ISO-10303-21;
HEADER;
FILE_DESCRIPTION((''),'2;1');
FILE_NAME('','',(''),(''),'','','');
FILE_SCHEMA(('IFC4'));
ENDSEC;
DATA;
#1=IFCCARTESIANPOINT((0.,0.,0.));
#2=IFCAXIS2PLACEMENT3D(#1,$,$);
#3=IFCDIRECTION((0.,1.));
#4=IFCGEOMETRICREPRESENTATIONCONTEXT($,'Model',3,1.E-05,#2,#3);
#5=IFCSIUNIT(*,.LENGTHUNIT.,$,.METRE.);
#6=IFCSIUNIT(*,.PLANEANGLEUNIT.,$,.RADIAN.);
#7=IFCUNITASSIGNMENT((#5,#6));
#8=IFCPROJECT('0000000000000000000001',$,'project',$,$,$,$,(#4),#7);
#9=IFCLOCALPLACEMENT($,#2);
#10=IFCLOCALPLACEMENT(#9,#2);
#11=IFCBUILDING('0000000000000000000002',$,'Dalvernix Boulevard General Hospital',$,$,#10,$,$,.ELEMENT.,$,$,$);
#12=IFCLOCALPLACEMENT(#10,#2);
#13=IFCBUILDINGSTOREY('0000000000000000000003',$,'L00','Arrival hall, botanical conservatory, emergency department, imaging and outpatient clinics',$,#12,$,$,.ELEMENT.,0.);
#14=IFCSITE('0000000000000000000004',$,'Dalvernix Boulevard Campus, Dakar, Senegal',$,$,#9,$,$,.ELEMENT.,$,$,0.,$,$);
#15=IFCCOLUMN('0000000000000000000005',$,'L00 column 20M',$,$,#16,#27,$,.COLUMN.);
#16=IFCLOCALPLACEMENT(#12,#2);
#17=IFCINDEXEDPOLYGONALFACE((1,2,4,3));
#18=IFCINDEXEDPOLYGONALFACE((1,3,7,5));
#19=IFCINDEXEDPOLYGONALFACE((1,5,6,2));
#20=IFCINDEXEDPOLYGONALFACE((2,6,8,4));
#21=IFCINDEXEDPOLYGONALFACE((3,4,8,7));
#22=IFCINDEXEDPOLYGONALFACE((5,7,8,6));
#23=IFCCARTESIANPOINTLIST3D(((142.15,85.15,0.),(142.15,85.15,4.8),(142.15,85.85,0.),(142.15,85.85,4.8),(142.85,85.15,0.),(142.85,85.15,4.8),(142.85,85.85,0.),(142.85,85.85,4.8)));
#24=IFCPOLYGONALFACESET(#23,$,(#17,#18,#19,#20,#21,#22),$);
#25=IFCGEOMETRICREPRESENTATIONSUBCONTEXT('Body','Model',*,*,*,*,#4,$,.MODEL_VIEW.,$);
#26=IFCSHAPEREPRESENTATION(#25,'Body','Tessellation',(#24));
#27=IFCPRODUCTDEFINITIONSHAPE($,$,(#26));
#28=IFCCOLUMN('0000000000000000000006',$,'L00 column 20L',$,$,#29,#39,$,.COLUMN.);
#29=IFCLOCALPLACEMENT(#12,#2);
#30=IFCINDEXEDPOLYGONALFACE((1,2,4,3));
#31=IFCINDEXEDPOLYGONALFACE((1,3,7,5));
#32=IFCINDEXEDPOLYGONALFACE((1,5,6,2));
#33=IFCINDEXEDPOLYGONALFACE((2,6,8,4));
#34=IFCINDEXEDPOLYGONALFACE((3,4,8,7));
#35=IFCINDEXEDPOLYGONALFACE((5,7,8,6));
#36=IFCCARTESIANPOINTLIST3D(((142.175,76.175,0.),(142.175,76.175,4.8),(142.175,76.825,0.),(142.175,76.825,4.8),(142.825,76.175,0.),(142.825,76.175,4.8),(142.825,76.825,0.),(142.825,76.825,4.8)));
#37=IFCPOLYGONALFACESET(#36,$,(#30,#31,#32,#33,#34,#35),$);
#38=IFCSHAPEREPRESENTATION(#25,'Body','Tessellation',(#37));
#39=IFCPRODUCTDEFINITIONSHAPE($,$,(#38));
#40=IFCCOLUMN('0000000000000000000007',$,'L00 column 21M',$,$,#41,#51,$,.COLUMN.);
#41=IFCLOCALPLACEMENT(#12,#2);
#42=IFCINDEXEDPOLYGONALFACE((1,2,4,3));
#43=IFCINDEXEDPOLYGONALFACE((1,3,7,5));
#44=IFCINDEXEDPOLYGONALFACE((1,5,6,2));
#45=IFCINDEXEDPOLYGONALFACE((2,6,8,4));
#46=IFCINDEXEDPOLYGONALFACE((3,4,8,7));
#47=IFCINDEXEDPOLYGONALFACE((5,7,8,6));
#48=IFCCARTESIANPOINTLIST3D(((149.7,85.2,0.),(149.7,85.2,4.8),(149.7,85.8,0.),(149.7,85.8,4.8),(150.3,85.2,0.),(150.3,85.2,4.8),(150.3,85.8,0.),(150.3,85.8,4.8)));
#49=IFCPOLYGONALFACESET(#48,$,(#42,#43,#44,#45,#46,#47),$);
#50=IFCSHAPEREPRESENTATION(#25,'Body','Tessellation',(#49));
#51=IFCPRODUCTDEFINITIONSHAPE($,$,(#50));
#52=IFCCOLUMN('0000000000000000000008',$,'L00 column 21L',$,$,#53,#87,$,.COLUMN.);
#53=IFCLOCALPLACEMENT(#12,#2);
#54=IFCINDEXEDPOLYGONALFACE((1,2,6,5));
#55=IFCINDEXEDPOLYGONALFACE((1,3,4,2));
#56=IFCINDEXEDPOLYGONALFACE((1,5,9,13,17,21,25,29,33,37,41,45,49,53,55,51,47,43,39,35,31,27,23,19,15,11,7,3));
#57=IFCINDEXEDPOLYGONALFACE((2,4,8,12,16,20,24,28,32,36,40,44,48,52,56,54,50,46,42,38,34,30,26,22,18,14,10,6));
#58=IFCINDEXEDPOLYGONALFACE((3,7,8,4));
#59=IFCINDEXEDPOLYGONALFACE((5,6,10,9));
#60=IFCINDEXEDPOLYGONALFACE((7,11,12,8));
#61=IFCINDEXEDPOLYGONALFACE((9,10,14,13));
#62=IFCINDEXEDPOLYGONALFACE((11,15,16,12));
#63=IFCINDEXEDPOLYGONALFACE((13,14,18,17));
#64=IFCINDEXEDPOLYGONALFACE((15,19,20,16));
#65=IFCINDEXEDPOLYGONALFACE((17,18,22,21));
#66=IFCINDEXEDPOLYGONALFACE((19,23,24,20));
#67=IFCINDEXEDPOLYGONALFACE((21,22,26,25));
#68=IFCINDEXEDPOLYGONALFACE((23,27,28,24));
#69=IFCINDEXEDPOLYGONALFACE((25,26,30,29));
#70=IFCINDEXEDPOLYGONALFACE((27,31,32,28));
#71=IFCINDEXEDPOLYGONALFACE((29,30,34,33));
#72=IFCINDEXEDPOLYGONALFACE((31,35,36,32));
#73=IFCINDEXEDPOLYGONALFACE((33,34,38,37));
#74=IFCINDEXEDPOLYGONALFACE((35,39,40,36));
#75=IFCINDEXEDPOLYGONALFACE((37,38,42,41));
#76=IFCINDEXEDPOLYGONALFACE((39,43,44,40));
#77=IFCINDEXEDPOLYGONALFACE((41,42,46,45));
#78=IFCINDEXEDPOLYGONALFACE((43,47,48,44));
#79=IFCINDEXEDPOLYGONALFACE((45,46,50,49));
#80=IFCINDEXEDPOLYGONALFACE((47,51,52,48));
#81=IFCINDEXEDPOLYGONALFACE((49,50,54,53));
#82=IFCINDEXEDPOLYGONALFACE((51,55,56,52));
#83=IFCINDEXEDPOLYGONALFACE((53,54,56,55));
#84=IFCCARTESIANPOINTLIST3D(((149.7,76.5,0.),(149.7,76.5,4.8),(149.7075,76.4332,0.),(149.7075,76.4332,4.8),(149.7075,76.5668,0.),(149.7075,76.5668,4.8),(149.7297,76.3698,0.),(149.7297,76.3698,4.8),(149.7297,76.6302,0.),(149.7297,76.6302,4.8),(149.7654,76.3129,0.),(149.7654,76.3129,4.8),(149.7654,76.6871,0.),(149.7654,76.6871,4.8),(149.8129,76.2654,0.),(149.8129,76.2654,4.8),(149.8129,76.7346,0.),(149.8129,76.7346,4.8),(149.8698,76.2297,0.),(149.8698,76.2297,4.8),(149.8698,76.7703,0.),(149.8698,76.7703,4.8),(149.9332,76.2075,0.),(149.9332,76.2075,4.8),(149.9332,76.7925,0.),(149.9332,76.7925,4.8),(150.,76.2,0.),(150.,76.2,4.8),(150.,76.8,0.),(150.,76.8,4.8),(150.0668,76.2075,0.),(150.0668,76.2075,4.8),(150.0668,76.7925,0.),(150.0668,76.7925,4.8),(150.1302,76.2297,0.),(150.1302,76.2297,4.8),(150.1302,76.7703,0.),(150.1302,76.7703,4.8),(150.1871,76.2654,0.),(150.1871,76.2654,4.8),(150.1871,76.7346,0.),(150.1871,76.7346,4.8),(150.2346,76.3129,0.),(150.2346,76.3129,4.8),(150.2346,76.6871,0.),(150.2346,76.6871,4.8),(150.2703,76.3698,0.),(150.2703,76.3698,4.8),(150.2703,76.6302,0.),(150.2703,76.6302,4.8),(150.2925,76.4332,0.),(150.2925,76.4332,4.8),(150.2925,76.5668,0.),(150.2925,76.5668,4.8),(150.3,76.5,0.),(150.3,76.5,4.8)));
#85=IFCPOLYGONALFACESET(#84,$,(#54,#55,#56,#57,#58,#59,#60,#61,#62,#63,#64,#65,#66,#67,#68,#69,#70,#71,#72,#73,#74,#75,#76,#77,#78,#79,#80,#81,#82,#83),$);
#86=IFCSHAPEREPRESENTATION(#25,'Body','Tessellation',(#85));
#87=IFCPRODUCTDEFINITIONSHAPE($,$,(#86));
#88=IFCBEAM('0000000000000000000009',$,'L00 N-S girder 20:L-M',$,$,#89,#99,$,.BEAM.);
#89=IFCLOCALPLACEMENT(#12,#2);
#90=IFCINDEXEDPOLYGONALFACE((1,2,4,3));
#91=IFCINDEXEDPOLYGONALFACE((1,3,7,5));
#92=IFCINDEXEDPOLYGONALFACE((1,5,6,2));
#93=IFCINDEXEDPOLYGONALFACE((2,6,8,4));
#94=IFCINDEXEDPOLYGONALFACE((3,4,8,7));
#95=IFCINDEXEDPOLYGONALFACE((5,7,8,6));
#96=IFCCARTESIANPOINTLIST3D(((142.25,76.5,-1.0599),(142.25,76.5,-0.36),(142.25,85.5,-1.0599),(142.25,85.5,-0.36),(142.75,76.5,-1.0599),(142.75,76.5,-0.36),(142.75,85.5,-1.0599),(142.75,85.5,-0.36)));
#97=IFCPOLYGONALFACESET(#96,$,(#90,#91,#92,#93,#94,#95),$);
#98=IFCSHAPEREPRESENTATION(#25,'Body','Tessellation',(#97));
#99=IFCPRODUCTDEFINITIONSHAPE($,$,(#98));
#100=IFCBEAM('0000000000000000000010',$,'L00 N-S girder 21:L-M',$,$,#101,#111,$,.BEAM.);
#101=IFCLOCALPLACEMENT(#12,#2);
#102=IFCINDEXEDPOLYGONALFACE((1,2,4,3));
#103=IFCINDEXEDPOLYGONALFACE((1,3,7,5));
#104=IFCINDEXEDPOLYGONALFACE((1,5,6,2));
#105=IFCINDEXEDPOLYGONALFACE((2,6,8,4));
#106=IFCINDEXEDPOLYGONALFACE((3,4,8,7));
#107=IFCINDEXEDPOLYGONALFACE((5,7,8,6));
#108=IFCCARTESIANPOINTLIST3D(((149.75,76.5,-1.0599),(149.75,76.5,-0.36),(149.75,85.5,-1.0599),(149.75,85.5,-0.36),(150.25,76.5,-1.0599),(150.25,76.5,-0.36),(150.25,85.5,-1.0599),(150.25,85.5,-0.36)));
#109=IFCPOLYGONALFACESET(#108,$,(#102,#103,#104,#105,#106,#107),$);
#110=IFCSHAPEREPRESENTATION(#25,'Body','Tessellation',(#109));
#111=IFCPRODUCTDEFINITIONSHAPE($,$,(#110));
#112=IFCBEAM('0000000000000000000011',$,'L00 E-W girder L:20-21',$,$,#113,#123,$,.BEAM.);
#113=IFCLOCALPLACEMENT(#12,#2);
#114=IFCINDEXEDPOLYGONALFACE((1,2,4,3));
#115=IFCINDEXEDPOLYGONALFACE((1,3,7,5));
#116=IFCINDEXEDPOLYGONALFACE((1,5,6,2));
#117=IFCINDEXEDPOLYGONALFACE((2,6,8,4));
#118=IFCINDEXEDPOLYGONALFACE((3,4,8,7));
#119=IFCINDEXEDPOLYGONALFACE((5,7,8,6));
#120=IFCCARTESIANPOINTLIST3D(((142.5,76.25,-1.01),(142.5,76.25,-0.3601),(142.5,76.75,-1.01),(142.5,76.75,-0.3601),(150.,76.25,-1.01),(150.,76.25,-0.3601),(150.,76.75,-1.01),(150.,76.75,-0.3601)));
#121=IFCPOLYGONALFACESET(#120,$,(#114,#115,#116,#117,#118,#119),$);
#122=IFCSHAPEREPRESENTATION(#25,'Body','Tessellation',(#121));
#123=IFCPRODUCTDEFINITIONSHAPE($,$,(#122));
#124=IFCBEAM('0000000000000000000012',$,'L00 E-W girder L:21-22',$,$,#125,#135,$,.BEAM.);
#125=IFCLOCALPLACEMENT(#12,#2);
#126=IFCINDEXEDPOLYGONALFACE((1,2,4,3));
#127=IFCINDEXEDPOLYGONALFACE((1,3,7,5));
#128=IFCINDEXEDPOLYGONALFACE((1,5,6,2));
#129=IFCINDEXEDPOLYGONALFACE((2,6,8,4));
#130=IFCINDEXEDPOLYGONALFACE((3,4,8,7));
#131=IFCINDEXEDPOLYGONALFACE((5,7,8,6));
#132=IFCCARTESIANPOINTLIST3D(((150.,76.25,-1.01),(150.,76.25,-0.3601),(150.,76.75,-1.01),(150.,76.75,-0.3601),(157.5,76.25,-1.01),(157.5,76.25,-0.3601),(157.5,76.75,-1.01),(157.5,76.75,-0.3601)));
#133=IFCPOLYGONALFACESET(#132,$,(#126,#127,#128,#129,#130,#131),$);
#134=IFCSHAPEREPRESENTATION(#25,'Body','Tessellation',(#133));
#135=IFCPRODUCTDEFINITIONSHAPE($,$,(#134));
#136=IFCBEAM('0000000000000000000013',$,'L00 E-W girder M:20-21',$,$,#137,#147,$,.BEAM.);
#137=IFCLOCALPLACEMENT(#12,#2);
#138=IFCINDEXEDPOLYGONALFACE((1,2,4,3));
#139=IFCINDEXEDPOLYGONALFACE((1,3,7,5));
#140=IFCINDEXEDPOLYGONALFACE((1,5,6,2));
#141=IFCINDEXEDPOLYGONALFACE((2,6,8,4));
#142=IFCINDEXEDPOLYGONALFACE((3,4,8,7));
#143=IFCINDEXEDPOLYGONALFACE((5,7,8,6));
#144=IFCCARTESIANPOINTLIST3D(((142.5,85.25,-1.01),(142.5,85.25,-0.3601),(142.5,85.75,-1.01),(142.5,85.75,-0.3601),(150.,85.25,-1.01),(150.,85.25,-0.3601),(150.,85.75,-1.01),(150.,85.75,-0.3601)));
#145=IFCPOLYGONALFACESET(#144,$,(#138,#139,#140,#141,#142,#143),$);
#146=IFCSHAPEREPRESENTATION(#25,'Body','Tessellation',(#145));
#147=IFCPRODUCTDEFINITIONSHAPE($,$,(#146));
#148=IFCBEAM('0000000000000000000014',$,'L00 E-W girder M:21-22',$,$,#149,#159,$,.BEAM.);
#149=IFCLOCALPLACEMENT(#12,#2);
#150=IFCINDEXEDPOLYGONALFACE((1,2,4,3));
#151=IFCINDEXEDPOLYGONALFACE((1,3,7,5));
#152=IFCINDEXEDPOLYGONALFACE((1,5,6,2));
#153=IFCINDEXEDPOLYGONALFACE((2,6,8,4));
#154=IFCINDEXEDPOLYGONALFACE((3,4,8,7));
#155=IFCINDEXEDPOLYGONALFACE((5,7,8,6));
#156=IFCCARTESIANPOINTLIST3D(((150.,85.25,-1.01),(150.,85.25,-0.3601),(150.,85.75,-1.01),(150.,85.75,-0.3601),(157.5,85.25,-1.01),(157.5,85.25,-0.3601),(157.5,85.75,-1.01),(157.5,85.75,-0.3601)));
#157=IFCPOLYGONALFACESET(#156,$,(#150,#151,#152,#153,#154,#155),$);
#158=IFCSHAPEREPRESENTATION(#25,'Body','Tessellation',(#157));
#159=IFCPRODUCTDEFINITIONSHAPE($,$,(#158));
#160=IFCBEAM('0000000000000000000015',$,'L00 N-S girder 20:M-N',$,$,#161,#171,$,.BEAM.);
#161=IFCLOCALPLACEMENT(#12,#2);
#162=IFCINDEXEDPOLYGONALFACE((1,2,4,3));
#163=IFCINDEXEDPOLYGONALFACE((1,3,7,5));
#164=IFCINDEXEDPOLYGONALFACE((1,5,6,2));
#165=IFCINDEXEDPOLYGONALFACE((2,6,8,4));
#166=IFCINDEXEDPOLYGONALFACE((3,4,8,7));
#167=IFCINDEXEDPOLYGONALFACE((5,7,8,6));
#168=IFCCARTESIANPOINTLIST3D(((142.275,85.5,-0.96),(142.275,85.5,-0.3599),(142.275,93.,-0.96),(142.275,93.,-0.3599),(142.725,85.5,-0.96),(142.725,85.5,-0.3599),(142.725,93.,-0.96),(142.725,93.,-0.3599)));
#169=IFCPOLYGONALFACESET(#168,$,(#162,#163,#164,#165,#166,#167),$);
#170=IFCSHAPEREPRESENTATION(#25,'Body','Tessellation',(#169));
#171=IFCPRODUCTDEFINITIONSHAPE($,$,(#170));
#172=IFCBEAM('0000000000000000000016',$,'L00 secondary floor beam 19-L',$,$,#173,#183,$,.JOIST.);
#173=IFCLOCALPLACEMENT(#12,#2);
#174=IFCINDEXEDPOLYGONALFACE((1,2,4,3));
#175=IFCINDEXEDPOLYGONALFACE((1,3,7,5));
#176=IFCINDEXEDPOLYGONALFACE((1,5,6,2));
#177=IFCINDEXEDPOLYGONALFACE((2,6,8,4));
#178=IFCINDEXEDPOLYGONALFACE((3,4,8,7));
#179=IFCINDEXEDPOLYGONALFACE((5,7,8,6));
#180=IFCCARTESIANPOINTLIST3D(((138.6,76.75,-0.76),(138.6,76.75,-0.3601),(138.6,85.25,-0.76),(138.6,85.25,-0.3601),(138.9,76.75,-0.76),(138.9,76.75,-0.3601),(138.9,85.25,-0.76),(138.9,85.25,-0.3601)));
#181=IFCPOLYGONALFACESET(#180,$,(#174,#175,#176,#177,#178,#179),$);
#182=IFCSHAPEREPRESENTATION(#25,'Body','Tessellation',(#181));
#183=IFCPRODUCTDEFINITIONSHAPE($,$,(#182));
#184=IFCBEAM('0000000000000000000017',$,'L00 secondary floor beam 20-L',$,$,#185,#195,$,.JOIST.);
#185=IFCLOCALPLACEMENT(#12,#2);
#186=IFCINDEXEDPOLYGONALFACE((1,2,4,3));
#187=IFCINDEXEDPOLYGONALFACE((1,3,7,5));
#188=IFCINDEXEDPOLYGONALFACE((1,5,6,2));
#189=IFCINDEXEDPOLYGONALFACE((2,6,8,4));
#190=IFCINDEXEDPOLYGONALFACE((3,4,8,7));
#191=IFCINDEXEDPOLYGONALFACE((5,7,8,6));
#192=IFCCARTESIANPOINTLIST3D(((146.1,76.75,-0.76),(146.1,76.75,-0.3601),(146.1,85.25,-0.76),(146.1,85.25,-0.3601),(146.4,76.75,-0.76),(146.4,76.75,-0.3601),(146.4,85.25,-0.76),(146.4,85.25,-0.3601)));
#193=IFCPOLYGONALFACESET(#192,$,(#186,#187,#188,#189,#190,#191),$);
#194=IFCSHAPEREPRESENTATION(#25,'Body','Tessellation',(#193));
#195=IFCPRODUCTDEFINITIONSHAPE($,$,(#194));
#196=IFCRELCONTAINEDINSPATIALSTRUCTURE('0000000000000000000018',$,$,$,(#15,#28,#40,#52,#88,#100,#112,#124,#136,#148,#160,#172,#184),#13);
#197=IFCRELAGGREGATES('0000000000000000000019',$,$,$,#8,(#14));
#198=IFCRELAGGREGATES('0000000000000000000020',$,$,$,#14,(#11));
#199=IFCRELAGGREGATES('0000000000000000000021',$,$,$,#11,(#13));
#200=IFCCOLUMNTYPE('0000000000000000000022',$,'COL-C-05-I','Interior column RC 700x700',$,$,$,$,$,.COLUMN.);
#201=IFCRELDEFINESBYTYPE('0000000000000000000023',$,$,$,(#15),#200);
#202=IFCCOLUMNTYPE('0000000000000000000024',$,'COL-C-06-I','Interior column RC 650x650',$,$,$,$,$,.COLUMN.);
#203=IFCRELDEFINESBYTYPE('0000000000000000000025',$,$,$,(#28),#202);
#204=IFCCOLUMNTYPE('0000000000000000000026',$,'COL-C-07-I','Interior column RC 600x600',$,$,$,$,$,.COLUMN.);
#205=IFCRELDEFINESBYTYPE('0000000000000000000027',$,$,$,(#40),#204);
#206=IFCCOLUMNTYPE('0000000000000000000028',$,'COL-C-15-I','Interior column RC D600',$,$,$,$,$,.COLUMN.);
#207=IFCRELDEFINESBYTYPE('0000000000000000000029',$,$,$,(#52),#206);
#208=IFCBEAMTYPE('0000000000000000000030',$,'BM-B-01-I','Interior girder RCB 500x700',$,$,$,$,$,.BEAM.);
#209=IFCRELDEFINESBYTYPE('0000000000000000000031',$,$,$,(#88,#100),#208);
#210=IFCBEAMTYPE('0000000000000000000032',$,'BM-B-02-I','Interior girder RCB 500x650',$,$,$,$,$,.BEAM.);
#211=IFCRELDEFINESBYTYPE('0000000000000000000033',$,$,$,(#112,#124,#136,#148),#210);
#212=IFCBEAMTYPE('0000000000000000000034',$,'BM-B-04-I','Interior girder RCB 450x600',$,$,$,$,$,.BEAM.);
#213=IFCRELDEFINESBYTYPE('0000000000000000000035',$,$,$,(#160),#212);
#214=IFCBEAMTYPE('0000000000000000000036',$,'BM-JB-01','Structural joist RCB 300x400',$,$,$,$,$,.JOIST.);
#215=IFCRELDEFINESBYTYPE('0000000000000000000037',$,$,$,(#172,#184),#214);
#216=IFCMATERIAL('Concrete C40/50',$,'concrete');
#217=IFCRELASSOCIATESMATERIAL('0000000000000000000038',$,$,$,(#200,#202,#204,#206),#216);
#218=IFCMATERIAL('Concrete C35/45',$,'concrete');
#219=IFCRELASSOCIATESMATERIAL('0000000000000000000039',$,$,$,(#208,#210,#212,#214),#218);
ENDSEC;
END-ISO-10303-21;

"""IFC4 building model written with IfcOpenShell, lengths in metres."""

from ifc_helpers import new_model, si_unit, direction, frame, origin, origin_2d, place, context, subcontext, project, spatial, rectangle, circle, extrude, material, material_profile, profile_set, type_object, element, save


model = new_model("IFC4")

# Units and contexts
model_context = context("Model", 3, precision=1e-05, world=origin(), true_north=direction((0.0, 1.0)))
body_context = subcontext(model_context, "Body", "Model", "MODEL_VIEW")
ifc_project = project(units=[si_unit("LENGTHUNIT", "METRE"), si_unit("PLANEANGLEUNIT", "RADIAN")], contexts=[model_context])

# Site, building, storey
site_placement = place(None, origin())
site = spatial("IfcSite", under=ifc_project, at=site_placement, Name="Dalvernix Boulevard Campus, Dakar, Senegal", CompositionType="ELEMENT", RefElevation=0.0)
building_placement = place(site_placement, origin())
building = spatial("IfcBuilding", under=site, at=building_placement, Name="Dalvernix Boulevard General Hospital", CompositionType="ELEMENT")
storey_placement = place(building_placement, origin())
storey = spatial("IfcBuildingStorey", under=building, at=storey_placement, Name="L00", Description="Arrival hall, botanical conservatory, emergency department, imaging and outpatient clinics", CompositionType="ELEMENT", Elevation=0.0)

# Columns
ifc_material_1 = material(Name="Concrete C40/50", Category="concrete")
ifc_material_profile_1 = material_profile(ifc_material_1, rectangle(XDim=0.7, YDim=0.7, at=origin_2d()), Name="RC 700x700")
ifc_profile_set_1 = profile_set([ifc_material_profile_1], Name="Concrete C40/50")
column_type_1 = type_object("IfcColumnType", Name="COL-C-05-I", Description="Interior column RC 700x700", PredefinedType="COLUMN", material=ifc_profile_set_1)
column_1_placement = place(storey_placement, frame((142.5, 85.5, 0.0), z_axis=(0.0, 0.0, 1.0), x_axis=(1.0, 0.0, 0.0)))
element("IfcColumn", 1, at=column_1_placement, inside=storey, type_object=column_type_1, Name="L00 column 20M", PredefinedType="COLUMN", context=body_context, shape_type="SweptSolid", body=[
    extrude(rectangle(XDim=0.7, YDim=0.7, at=origin_2d()), origin(), (0.0, 0.0, 1.0), 4.8),
])
ifc_material_profile_2 = material_profile(ifc_material_1, rectangle(XDim=0.6499, YDim=0.6499, at=origin_2d()), Name="RC 650x650")
ifc_profile_set_2 = profile_set([ifc_material_profile_2], Name="Concrete C40/50")
column_type_2 = type_object("IfcColumnType", Name="COL-C-06-I", Description="Interior column RC 650x650", PredefinedType="COLUMN", material=ifc_profile_set_2)
column_2_placement = place(storey_placement, frame((142.5, 76.5, 0.0), z_axis=(0.0, 0.0, 1.0), x_axis=(1.0, 0.0, 0.0)))
element("IfcColumn", 2, at=column_2_placement, inside=storey, type_object=column_type_2, Name="L00 column 20L", PredefinedType="COLUMN", context=body_context, shape_type="SweptSolid", body=[
    extrude(rectangle(XDim=0.6499, YDim=0.6499, at=origin_2d()), origin(), (0.0, 0.0, 1.0), 4.8),
])
ifc_material_profile_3 = material_profile(ifc_material_1, rectangle(XDim=0.6001, YDim=0.6001, at=origin_2d()), Name="RC 600x600")
ifc_profile_set_3 = profile_set([ifc_material_profile_3], Name="Concrete C40/50")
column_type_3 = type_object("IfcColumnType", Name="COL-C-07-I", Description="Interior column RC 600x600", PredefinedType="COLUMN", material=ifc_profile_set_3)
column_3_placement = place(storey_placement, frame((150.0, 85.5, 0.0), z_axis=(0.0, 0.0, 1.0), x_axis=(1.0, 0.0, 0.0)))
element("IfcColumn", 3, at=column_3_placement, inside=storey, type_object=column_type_3, Name="L00 column 21M", PredefinedType="COLUMN", context=body_context, shape_type="SweptSolid", body=[
    extrude(rectangle(XDim=0.6001, YDim=0.6001, at=origin_2d()), origin(), (0.0, 0.0, 1.0), 4.8),
])
ifc_material_profile_4 = material_profile(ifc_material_1, circle(Radius=0.3, at=origin_2d()), Name="RC D600")
ifc_profile_set_4 = profile_set([ifc_material_profile_4], Name="Concrete C40/50")
column_type_4 = type_object("IfcColumnType", Name="COL-C-15-I", Description="Interior column RC D600", PredefinedType="COLUMN", material=ifc_profile_set_4)
column_4_placement = place(storey_placement, frame((150.0, 76.5, 0.0), z_axis=(0.0, 0.0, 1.0), x_axis=(1.0, 0.0, 0.0)))
element("IfcColumn", 4, at=column_4_placement, inside=storey, type_object=column_type_4, Name="L00 column 21L", PredefinedType="COLUMN", context=body_context, shape_type="SweptSolid", body=[
    extrude(circle(Radius=0.3, at=origin_2d()), origin(), (0.0, 0.0, 1.0), 4.8),
])

# Beams
ifc_material_2 = material(Name="Concrete C35/45", Category="concrete")
ifc_material_profile_5 = material_profile(ifc_material_2, rectangle(XDim=0.5, YDim=0.7, at=origin_2d()), Name="RCB 500x700")
ifc_profile_set_5 = profile_set([ifc_material_profile_5], Name="Concrete C35/45")
beam_type_1 = type_object("IfcBeamType", Name="BM-B-01-I", Description="Interior girder RCB 500x700", PredefinedType="BEAM", material=ifc_profile_set_5)
for number, where, z_axis, x_axis, name in (
    (5, (142.5, 76.5, -0.71), (0.0, 1.0, 0.0), (-1.0, 0.0, 0.0), "L00 N-S girder 20:L-M"),
    (6, (150.0, 76.5, -0.71), (0.0, 1.0, 0.0), (-1.0, 0.0, 0.0), "L00 N-S girder 21:L-M"),
):
    element("IfcBeam", number, at=place(storey_placement, frame(where, z_axis=z_axis, x_axis=x_axis)), inside=storey, type_object=beam_type_1, Name=name, PredefinedType="BEAM", context=body_context, shape_type="SweptSolid", body=[
        extrude(rectangle(XDim=0.5, YDim=0.7, at=origin_2d()), origin(), (0.0, 0.0, 1.0), 9.0),
    ])
ifc_material_profile_6 = material_profile(ifc_material_2, rectangle(XDim=0.5, YDim=0.6499, at=origin_2d()), Name="RCB 500x650")
ifc_profile_set_6 = profile_set([ifc_material_profile_6], Name="Concrete C35/45")
beam_type_2 = type_object("IfcBeamType", Name="BM-B-02-I", Description="Interior girder RCB 500x650", PredefinedType="BEAM", material=ifc_profile_set_6)
for number, where, z_axis, x_axis, name in (
    (7, (142.5, 76.5, -0.6851), (1.0, 0.0, 0.0), (0.0, 1.0, 0.0), "L00 E-W girder L:20-21"),
    (8, (150.0, 76.5, -0.6851), (1.0, 0.0, 0.0), (0.0, 1.0, 0.0), "L00 E-W girder L:21-22"),
    (9, (142.5, 85.5, -0.6851), (1.0, 0.0, 0.0), (0.0, 1.0, 0.0), "L00 E-W girder M:20-21"),
    (10, (150.0, 85.5, -0.6851), (1.0, 0.0, 0.0), (0.0, 1.0, 0.0), "L00 E-W girder M:21-22"),
):
    element("IfcBeam", number, at=place(storey_placement, frame(where, z_axis=z_axis, x_axis=x_axis)), inside=storey, type_object=beam_type_2, Name=name, PredefinedType="BEAM", context=body_context, shape_type="SweptSolid", body=[
        extrude(rectangle(XDim=0.5, YDim=0.6499, at=origin_2d()), origin(), (0.0, 0.0, 1.0), 7.5),
    ])
ifc_material_profile_7 = material_profile(ifc_material_2, rectangle(XDim=0.45, YDim=0.6001, at=origin_2d()), Name="RCB 450x600")
ifc_profile_set_7 = profile_set([ifc_material_profile_7], Name="Concrete C35/45")
beam_type_3 = type_object("IfcBeamType", Name="BM-B-04-I", Description="Interior girder RCB 450x600", PredefinedType="BEAM", material=ifc_profile_set_7)
beam_1_placement = place(storey_placement, frame((142.5, 85.5, -0.6599), z_axis=(0.0, 1.0, 0.0), x_axis=(-1.0, 0.0, 0.0)))
element("IfcBeam", 11, at=beam_1_placement, inside=storey, type_object=beam_type_3, Name="L00 N-S girder 20:M-N", PredefinedType="BEAM", context=body_context, shape_type="SweptSolid", body=[
    extrude(rectangle(XDim=0.45, YDim=0.6001, at=origin_2d()), origin(), (0.0, 0.0, 1.0), 7.5),
])
ifc_material_profile_8 = material_profile(ifc_material_2, rectangle(XDim=0.3, YDim=0.3999, at=origin_2d()), Name="RCB 300x400")
ifc_profile_set_8 = profile_set([ifc_material_profile_8], Name="Concrete C35/45")
beam_type_4 = type_object("IfcBeamType", Name="BM-JB-01", Description="Structural joist RCB 300x400", PredefinedType="JOIST", material=ifc_profile_set_8)
for number, where, z_axis, x_axis, name in (
    (12, (138.75, 76.75, -0.5601), (0.0, 1.0, 0.0), (-1.0, 0.0, 0.0), "L00 secondary floor beam 19-L"),
    (13, (146.25, 76.75, -0.5601), (0.0, 1.0, 0.0), (-1.0, 0.0, 0.0), "L00 secondary floor beam 20-L"),
):
    element("IfcBeam", number, at=place(storey_placement, frame(where, z_axis=z_axis, x_axis=x_axis)), inside=storey, type_object=beam_type_4, Name=name, PredefinedType="JOIST", context=body_context, shape_type="SweptSolid", body=[
        extrude(rectangle(XDim=0.3, YDim=0.3999, at=origin_2d()), origin(), (0.0, 0.0, 1.0), 8.5),
    ])

save(model, "model.ifc")
